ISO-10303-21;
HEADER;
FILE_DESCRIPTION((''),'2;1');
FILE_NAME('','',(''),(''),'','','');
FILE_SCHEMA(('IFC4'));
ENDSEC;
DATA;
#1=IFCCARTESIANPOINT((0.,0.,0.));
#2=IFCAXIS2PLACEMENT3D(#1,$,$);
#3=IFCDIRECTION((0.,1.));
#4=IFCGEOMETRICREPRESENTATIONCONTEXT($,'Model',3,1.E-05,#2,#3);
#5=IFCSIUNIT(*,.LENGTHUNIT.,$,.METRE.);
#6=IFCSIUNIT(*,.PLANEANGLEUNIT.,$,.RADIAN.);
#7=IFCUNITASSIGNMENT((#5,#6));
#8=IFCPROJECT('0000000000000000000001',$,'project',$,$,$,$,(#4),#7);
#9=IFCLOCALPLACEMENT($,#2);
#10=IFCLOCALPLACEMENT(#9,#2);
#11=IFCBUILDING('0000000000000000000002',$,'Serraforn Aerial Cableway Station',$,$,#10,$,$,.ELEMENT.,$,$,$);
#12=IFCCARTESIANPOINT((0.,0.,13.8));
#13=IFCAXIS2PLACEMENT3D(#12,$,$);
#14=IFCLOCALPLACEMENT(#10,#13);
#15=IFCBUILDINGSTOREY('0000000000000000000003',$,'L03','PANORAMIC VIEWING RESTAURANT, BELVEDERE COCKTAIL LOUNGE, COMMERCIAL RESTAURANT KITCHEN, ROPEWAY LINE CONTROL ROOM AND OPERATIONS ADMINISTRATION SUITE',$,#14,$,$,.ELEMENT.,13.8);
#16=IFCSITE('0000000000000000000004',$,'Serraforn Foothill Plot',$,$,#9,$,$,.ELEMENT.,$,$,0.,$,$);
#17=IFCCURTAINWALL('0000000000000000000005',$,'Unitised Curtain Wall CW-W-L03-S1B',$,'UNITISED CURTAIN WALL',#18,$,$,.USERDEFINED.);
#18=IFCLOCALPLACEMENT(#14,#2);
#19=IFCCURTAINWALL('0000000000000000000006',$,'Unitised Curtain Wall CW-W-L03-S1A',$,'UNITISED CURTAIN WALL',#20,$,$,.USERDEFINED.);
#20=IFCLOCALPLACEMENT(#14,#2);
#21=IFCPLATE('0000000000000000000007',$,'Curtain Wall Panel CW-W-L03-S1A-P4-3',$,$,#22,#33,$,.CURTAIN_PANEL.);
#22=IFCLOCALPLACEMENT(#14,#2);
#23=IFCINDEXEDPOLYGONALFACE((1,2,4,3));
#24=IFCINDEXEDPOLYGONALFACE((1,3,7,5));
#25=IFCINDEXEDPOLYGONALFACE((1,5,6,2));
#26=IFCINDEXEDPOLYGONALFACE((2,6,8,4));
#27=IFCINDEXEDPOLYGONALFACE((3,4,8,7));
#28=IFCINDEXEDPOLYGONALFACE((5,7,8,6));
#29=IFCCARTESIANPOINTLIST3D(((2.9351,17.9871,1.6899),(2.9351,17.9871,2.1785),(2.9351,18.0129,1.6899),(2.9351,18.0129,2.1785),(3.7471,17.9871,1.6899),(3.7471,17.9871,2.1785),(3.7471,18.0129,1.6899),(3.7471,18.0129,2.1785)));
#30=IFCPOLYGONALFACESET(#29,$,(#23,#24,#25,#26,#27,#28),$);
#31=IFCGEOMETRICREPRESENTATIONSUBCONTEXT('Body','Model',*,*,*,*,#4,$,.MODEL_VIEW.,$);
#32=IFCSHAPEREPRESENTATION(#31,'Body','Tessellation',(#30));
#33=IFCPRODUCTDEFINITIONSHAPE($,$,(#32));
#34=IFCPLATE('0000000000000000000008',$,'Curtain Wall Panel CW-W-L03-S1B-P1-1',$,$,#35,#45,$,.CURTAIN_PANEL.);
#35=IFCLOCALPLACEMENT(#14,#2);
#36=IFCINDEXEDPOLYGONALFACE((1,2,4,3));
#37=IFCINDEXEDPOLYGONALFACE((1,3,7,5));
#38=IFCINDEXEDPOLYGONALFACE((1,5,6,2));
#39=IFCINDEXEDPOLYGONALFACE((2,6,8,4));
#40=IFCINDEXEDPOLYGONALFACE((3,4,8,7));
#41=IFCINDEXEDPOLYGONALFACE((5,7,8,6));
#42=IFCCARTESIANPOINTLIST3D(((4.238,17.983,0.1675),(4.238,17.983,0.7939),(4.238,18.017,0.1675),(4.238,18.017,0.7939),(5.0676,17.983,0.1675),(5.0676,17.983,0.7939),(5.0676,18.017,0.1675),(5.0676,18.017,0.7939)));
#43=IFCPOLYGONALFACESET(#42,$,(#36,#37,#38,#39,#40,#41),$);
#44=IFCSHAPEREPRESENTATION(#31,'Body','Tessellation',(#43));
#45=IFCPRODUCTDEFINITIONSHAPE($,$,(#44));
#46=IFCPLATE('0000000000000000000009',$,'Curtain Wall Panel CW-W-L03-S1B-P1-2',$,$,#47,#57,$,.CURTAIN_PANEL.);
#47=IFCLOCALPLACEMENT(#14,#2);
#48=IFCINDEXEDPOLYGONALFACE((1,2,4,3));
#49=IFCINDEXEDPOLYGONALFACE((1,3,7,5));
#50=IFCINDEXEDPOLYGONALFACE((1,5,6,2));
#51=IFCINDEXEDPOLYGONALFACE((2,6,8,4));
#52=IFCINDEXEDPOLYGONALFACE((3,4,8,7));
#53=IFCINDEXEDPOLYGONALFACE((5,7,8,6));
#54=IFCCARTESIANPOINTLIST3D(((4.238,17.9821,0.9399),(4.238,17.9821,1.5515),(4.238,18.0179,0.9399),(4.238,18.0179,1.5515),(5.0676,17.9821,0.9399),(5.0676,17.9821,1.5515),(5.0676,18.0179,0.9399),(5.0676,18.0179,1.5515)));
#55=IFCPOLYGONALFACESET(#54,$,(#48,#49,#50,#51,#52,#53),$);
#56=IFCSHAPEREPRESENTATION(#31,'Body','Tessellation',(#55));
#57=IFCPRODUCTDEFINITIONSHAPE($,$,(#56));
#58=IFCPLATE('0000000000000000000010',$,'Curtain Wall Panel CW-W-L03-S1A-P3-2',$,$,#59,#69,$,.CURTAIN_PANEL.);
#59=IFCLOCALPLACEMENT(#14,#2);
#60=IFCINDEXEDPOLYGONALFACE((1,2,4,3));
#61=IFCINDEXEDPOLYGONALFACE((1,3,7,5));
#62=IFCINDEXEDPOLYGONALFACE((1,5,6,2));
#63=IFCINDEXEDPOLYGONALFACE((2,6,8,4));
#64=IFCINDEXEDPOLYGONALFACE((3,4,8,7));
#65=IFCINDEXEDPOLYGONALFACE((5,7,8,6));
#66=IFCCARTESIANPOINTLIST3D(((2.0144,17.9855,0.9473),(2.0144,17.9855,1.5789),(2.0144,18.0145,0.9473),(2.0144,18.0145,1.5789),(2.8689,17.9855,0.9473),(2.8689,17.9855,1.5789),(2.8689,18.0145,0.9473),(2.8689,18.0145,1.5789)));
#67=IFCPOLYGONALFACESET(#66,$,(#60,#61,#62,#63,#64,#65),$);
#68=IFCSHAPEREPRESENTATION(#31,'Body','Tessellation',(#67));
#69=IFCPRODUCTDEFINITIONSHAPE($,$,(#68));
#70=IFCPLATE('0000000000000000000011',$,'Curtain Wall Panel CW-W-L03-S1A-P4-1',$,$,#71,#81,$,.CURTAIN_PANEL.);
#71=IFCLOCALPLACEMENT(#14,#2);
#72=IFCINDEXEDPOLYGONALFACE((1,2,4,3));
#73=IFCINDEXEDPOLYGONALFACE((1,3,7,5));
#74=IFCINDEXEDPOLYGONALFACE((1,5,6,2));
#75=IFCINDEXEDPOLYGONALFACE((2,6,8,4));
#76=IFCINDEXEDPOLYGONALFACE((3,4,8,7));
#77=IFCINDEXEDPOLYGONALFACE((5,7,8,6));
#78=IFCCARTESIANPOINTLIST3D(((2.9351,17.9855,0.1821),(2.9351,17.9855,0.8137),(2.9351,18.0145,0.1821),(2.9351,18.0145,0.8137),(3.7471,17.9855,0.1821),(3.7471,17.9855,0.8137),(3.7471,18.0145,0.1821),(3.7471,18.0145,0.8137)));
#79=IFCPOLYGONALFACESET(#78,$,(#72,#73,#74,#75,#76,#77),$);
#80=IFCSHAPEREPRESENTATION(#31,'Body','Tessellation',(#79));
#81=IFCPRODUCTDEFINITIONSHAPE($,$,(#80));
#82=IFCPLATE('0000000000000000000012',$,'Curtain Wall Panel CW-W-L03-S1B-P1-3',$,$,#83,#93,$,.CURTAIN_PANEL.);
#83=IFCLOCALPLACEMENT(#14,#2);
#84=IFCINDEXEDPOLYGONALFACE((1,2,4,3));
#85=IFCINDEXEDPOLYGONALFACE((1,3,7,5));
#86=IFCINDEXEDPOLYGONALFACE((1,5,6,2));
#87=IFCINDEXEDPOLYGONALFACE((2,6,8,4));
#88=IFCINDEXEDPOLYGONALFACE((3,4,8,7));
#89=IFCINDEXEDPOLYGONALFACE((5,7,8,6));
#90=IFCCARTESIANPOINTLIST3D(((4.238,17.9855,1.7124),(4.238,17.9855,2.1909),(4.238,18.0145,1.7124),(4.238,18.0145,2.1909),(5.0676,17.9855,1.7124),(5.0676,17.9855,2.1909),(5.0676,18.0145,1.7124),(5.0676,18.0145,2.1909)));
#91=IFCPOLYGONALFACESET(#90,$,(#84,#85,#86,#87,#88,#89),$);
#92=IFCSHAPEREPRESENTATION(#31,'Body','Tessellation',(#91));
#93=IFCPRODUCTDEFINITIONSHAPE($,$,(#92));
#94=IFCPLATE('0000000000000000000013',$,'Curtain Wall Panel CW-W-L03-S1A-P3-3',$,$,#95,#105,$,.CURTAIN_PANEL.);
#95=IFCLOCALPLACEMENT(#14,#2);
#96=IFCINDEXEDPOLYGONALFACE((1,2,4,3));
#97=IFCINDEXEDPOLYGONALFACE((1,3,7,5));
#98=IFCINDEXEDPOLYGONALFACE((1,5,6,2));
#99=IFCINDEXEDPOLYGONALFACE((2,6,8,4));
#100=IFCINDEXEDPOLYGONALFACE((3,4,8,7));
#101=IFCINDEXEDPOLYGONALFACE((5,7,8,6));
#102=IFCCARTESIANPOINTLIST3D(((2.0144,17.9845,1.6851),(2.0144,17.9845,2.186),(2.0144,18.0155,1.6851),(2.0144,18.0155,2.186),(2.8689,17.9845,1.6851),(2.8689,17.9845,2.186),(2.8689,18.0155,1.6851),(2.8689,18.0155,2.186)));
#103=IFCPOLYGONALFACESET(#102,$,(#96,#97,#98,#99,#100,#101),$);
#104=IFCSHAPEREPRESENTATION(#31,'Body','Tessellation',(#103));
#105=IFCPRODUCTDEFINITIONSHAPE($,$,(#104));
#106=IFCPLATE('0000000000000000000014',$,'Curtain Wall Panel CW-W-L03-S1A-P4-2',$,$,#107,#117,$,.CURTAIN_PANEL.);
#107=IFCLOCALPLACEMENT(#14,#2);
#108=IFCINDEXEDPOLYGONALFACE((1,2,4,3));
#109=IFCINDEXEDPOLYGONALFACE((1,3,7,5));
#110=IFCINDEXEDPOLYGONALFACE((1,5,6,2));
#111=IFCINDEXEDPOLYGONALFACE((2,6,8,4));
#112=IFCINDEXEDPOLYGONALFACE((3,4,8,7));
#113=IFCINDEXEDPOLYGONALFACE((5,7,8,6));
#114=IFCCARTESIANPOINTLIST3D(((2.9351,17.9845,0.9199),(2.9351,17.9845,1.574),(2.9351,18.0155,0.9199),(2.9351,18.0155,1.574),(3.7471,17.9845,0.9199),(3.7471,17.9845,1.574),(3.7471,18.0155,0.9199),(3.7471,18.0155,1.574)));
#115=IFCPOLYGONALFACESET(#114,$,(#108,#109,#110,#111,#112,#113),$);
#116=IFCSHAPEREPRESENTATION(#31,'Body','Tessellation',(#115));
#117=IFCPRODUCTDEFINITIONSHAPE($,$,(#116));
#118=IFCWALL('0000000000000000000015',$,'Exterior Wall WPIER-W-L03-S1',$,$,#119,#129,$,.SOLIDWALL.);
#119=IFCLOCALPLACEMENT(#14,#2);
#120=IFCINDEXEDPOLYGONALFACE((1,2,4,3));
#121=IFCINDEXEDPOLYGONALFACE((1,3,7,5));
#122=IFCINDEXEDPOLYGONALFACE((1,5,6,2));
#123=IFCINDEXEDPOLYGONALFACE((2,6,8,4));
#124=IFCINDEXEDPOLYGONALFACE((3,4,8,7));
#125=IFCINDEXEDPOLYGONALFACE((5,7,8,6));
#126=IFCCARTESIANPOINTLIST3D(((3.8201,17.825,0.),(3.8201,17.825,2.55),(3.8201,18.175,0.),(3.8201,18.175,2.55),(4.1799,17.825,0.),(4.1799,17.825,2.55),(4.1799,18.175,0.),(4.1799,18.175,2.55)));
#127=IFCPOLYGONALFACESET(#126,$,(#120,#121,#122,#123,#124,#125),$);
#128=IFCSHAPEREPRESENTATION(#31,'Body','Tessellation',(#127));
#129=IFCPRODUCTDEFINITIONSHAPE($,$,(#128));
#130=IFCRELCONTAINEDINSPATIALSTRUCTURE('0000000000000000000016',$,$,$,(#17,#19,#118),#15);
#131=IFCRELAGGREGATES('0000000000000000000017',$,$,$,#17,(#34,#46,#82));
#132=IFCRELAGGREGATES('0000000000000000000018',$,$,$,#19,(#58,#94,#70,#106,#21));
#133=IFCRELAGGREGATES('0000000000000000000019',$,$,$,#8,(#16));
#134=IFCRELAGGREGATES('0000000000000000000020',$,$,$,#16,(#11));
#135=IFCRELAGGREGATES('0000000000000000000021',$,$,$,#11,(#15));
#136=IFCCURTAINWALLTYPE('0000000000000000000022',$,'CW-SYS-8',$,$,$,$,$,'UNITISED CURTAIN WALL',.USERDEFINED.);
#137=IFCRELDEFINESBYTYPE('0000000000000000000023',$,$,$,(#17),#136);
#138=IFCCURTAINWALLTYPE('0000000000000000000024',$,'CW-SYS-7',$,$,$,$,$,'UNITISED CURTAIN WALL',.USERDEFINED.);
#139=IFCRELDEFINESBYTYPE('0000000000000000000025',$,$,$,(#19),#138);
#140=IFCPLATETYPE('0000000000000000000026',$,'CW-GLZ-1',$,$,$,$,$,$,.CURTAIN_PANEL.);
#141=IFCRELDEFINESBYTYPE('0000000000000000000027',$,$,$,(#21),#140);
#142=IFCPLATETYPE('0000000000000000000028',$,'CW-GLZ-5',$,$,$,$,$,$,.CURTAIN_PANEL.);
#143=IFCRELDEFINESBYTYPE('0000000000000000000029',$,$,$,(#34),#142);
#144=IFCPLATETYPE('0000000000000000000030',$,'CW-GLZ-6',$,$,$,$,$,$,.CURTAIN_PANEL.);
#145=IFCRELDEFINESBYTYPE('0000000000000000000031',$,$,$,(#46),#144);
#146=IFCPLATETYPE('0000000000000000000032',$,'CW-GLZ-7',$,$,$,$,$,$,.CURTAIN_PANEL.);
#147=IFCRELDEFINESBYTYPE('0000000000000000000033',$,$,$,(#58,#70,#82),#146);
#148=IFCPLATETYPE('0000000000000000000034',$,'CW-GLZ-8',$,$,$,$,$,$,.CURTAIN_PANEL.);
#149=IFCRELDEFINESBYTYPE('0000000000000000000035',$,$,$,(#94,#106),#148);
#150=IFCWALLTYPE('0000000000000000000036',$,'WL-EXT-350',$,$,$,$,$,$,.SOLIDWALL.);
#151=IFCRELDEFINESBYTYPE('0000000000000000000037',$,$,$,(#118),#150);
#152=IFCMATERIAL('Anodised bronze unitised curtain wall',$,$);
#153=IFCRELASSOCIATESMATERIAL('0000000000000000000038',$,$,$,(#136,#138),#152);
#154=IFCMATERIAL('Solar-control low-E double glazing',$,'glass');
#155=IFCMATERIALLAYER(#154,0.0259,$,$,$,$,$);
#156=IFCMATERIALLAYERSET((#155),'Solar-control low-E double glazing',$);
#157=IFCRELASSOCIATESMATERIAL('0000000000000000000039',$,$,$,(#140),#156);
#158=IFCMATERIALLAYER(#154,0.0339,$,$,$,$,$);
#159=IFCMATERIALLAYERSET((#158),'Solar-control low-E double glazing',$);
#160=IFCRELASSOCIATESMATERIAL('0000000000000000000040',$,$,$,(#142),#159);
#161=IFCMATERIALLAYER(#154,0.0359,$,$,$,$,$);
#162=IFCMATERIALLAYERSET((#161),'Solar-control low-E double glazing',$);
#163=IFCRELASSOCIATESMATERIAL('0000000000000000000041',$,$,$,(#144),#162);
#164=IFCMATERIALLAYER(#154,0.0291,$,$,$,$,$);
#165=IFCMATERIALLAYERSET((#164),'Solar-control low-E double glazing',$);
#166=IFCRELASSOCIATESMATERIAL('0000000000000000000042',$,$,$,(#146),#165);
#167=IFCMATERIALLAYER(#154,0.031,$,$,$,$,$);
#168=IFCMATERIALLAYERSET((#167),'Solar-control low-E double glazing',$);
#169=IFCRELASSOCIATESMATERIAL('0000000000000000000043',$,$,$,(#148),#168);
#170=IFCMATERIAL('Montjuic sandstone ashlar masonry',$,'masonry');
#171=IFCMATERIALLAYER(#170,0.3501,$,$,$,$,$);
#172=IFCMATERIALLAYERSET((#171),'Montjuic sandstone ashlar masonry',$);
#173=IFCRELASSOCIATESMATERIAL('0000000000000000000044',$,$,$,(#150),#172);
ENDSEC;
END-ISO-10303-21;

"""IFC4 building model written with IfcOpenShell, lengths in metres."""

from ifc_helpers import new_model, si_unit, direction, frame, frame_2d, origin, origin_2d, place, context, subcontext, project, spatial, rectangle, extrude, material, layer, layer_set, type_object, element, aggregate, save


model = new_model("IFC4")

# Units and contexts
model_context = context("Model", 3, precision=1e-05, world=origin(), true_north=direction((0.0, 1.0)))
body_context = subcontext(model_context, "Body", "Model", "MODEL_VIEW")
ifc_project = project(units=[si_unit("LENGTHUNIT", "METRE"), si_unit("PLANEANGLEUNIT", "RADIAN")], contexts=[model_context])

# Site, building, storey
site_placement = place(None, origin())
site = spatial("IfcSite", under=ifc_project, at=site_placement, Name="Serraforn Foothill Plot", CompositionType="ELEMENT", RefElevation=0.0)
building_placement = place(site_placement, origin())
building = spatial("IfcBuilding", under=site, at=building_placement, Name="Serraforn Aerial Cableway Station", CompositionType="ELEMENT")
storey_placement = place(building_placement, frame((0.0, 0.0, 13.8)))
storey = spatial("IfcBuildingStorey", under=building, at=storey_placement, Name="L03", Description="PANORAMIC VIEWING RESTAURANT, BELVEDERE COCKTAIL LOUNGE, COMMERCIAL RESTAURANT KITCHEN, ROPEWAY LINE CONTROL ROOM AND OPERATIONS ADMINISTRATION SUITE", CompositionType="ELEMENT", Elevation=13.8)

# Curtain wall
ifc_material_1 = material(Name="Anodised bronze unitised curtain wall")
curtain_wall_type_1 = type_object("IfcCurtainWallType", Name="CW-SYS-8", ElementType="UNITISED CURTAIN WALL", PredefinedType="USERDEFINED", material=ifc_material_1)
curtain_wall_1_placement = place(storey_placement, origin())
curtain_wall_1 = element("IfcCurtainWall", 1, at=curtain_wall_1_placement, inside=storey, type_object=curtain_wall_type_1, Name="Unitised Curtain Wall CW-W-L03-S1B", ObjectType="UNITISED CURTAIN WALL", PredefinedType="USERDEFINED")

# Curtain wall
curtain_wall_type_2 = type_object("IfcCurtainWallType", Name="CW-SYS-7", ElementType="UNITISED CURTAIN WALL", PredefinedType="USERDEFINED", material=ifc_material_1)
curtain_wall_2_placement = place(storey_placement, origin())
curtain_wall_2 = element("IfcCurtainWall", 2, at=curtain_wall_2_placement, inside=storey, type_object=curtain_wall_type_2, Name="Unitised Curtain Wall CW-W-L03-S1A", ObjectType="UNITISED CURTAIN WALL", PredefinedType="USERDEFINED")

# Plates
ifc_material_2 = material(Name="Solar-control low-E double glazing", Category="glass")
ifc_layer_1 = layer(ifc_material_2, 0.0259)
ifc_layer_set_1 = layer_set([ifc_layer_1], Name="Solar-control low-E double glazing")
plate_type_1 = type_object("IfcPlateType", Name="CW-GLZ-1", PredefinedType="CURTAIN_PANEL", material=ifc_layer_set_1)
plate_1_placement = place(storey_placement, frame((3.3411, 18.0, 1.6899), z_axis=(0.0, 0.0, 1.0), x_axis=(1.0, 0.0, 0.0)))
plate_1 = element("IfcPlate", 3, at=plate_1_placement, type_object=plate_type_1, Name="Curtain Wall Panel CW-W-L03-S1A-P4-3", PredefinedType="CURTAIN_PANEL", context=body_context, shape_type="SweptSolid", body=[
    extrude(rectangle(XDim=0.812, YDim=0.0259, at=origin_2d()), origin(), (0.0, 0.0, 1.0), 0.4885),
])
ifc_layer_2 = layer(ifc_material_2, 0.0339)
ifc_layer_set_2 = layer_set([ifc_layer_2], Name="Solar-control low-E double glazing")
plate_type_2 = type_object("IfcPlateType", Name="CW-GLZ-5", PredefinedType="CURTAIN_PANEL", material=ifc_layer_set_2)
plate_2_placement = place(storey_placement, frame((4.6528, 18.0, 0.1675), z_axis=(0.0, 0.0, 1.0), x_axis=(1.0, 0.0, 0.0)))
plate_2 = element("IfcPlate", 4, at=plate_2_placement, type_object=plate_type_2, Name="Curtain Wall Panel CW-W-L03-S1B-P1-1", PredefinedType="CURTAIN_PANEL", context=body_context, shape_type="SweptSolid", body=[
    extrude(rectangle(XDim=0.8296, YDim=0.0339, at=origin_2d()), origin(), (0.0, 0.0, 1.0), 0.6265),
])
ifc_layer_3 = layer(ifc_material_2, 0.0359)
ifc_layer_set_3 = layer_set([ifc_layer_3], Name="Solar-control low-E double glazing")
plate_type_3 = type_object("IfcPlateType", Name="CW-GLZ-6", PredefinedType="CURTAIN_PANEL", material=ifc_layer_set_3)
plate_3_placement = place(storey_placement, frame((4.6528, 18.0, 0.9399), z_axis=(0.0, 0.0, 1.0), x_axis=(1.0, 0.0, 0.0)))
plate_3 = element("IfcPlate", 5, at=plate_3_placement, type_object=plate_type_3, Name="Curtain Wall Panel CW-W-L03-S1B-P1-2", PredefinedType="CURTAIN_PANEL", context=body_context, shape_type="SweptSolid", body=[
    extrude(rectangle(XDim=0.8296, YDim=0.0359, at=origin_2d()), origin(), (0.0, 0.0, 1.0), 0.6116),
])
ifc_layer_4 = layer(ifc_material_2, 0.0291)
ifc_layer_set_4 = layer_set([ifc_layer_4], Name="Solar-control low-E double glazing")
plate_type_4 = type_object("IfcPlateType", Name="CW-GLZ-7", PredefinedType="CURTAIN_PANEL", material=ifc_layer_set_4)
plate_4_placement = place(storey_placement, frame((2.4417, 18.0, 0.9473), z_axis=(0.0, 0.0, 1.0), x_axis=(1.0, 0.0, 0.0)))
plate_4 = element("IfcPlate", 6, at=plate_4_placement, type_object=plate_type_4, Name="Curtain Wall Panel CW-W-L03-S1A-P3-2", PredefinedType="CURTAIN_PANEL", context=body_context, shape_type="SweptSolid", body=[
    extrude(rectangle(XDim=0.8545, YDim=0.0291, at=origin_2d()), origin(), (0.0, 0.0, 1.0), 0.6316),
])
plate_5_placement = place(storey_placement, frame((3.3411, 18.0, 0.1821), z_axis=(0.0, 0.0, 1.0), x_axis=(1.0, 0.0, 0.0)))
plate_5 = element("IfcPlate", 7, at=plate_5_placement, type_object=plate_type_4, Name="Curtain Wall Panel CW-W-L03-S1A-P4-1", PredefinedType="CURTAIN_PANEL", context=body_context, shape_type="SweptSolid", body=[
    extrude(rectangle(XDim=0.812, YDim=0.0291, at=origin_2d()), origin(), (0.0, 0.0, 1.0), 0.6316),
])
plate_6_placement = place(storey_placement, frame((4.6528, 18.0, 1.7124), z_axis=(0.0, 0.0, 1.0), x_axis=(1.0, 0.0, 0.0)))
plate_6 = element("IfcPlate", 8, at=plate_6_placement, type_object=plate_type_4, Name="Curtain Wall Panel CW-W-L03-S1B-P1-3", PredefinedType="CURTAIN_PANEL", context=body_context, shape_type="SweptSolid", body=[
    extrude(rectangle(XDim=0.8296, YDim=0.0291, at=origin_2d()), origin(), (0.0, 0.0, 1.0), 0.4785),
])
aggregate(curtain_wall_1, [plate_2, plate_3, plate_6])
ifc_layer_5 = layer(ifc_material_2, 0.031)
ifc_layer_set_5 = layer_set([ifc_layer_5], Name="Solar-control low-E double glazing")
plate_type_5 = type_object("IfcPlateType", Name="CW-GLZ-8", PredefinedType="CURTAIN_PANEL", material=ifc_layer_set_5)
plate_7_placement = place(storey_placement, frame((2.4417, 18.0, 1.6851), z_axis=(0.0, 0.0, 1.0), x_axis=(1.0, 0.0, 0.0)))
plate_7 = element("IfcPlate", 9, at=plate_7_placement, type_object=plate_type_5, Name="Curtain Wall Panel CW-W-L03-S1A-P3-3", PredefinedType="CURTAIN_PANEL", context=body_context, shape_type="SweptSolid", body=[
    extrude(rectangle(XDim=0.8545, YDim=0.031, at=origin_2d()), origin(), (0.0, 0.0, 1.0), 0.501),
])
plate_8_placement = place(storey_placement, frame((3.3411, 18.0, 0.9199), z_axis=(0.0, 0.0, 1.0), x_axis=(1.0, 0.0, 0.0)))
plate_8 = element("IfcPlate", 10, at=plate_8_placement, type_object=plate_type_5, Name="Curtain Wall Panel CW-W-L03-S1A-P4-2", PredefinedType="CURTAIN_PANEL", context=body_context, shape_type="SweptSolid", body=[
    extrude(rectangle(XDim=0.812, YDim=0.031, at=origin_2d()), origin(), (0.0, 0.0, 1.0), 0.6541),
])
aggregate(curtain_wall_2, [plate_4, plate_7, plate_5, plate_8, plate_1])

# Wall
ifc_material_3 = material(Name="Montjuic sandstone ashlar masonry", Category="masonry")
ifc_layer_6 = layer(ifc_material_3, 0.3501)
ifc_layer_set_6 = layer_set([ifc_layer_6], Name="Montjuic sandstone ashlar masonry")
wall_type = type_object("IfcWallType", Name="WL-EXT-350", PredefinedType="SOLIDWALL", material=ifc_layer_set_6)
wall_placement = place(storey_placement, frame((3.8201, 18.0, 0.0), z_axis=(0.0, 0.0, 1.0), x_axis=(1.0, 0.0, 0.0)))
element("IfcWall", 11, at=wall_placement, inside=storey, type_object=wall_type, Name="Exterior Wall WPIER-W-L03-S1", PredefinedType="SOLIDWALL", context=body_context, shape_type="SweptSolid", body=[
    extrude(rectangle(XDim=0.3599, YDim=0.3501, at=frame_2d((0.1799, 0.0))), origin(), (0.0, 0.0, 1.0), 2.55),
])

save(model, "model.ifc")
